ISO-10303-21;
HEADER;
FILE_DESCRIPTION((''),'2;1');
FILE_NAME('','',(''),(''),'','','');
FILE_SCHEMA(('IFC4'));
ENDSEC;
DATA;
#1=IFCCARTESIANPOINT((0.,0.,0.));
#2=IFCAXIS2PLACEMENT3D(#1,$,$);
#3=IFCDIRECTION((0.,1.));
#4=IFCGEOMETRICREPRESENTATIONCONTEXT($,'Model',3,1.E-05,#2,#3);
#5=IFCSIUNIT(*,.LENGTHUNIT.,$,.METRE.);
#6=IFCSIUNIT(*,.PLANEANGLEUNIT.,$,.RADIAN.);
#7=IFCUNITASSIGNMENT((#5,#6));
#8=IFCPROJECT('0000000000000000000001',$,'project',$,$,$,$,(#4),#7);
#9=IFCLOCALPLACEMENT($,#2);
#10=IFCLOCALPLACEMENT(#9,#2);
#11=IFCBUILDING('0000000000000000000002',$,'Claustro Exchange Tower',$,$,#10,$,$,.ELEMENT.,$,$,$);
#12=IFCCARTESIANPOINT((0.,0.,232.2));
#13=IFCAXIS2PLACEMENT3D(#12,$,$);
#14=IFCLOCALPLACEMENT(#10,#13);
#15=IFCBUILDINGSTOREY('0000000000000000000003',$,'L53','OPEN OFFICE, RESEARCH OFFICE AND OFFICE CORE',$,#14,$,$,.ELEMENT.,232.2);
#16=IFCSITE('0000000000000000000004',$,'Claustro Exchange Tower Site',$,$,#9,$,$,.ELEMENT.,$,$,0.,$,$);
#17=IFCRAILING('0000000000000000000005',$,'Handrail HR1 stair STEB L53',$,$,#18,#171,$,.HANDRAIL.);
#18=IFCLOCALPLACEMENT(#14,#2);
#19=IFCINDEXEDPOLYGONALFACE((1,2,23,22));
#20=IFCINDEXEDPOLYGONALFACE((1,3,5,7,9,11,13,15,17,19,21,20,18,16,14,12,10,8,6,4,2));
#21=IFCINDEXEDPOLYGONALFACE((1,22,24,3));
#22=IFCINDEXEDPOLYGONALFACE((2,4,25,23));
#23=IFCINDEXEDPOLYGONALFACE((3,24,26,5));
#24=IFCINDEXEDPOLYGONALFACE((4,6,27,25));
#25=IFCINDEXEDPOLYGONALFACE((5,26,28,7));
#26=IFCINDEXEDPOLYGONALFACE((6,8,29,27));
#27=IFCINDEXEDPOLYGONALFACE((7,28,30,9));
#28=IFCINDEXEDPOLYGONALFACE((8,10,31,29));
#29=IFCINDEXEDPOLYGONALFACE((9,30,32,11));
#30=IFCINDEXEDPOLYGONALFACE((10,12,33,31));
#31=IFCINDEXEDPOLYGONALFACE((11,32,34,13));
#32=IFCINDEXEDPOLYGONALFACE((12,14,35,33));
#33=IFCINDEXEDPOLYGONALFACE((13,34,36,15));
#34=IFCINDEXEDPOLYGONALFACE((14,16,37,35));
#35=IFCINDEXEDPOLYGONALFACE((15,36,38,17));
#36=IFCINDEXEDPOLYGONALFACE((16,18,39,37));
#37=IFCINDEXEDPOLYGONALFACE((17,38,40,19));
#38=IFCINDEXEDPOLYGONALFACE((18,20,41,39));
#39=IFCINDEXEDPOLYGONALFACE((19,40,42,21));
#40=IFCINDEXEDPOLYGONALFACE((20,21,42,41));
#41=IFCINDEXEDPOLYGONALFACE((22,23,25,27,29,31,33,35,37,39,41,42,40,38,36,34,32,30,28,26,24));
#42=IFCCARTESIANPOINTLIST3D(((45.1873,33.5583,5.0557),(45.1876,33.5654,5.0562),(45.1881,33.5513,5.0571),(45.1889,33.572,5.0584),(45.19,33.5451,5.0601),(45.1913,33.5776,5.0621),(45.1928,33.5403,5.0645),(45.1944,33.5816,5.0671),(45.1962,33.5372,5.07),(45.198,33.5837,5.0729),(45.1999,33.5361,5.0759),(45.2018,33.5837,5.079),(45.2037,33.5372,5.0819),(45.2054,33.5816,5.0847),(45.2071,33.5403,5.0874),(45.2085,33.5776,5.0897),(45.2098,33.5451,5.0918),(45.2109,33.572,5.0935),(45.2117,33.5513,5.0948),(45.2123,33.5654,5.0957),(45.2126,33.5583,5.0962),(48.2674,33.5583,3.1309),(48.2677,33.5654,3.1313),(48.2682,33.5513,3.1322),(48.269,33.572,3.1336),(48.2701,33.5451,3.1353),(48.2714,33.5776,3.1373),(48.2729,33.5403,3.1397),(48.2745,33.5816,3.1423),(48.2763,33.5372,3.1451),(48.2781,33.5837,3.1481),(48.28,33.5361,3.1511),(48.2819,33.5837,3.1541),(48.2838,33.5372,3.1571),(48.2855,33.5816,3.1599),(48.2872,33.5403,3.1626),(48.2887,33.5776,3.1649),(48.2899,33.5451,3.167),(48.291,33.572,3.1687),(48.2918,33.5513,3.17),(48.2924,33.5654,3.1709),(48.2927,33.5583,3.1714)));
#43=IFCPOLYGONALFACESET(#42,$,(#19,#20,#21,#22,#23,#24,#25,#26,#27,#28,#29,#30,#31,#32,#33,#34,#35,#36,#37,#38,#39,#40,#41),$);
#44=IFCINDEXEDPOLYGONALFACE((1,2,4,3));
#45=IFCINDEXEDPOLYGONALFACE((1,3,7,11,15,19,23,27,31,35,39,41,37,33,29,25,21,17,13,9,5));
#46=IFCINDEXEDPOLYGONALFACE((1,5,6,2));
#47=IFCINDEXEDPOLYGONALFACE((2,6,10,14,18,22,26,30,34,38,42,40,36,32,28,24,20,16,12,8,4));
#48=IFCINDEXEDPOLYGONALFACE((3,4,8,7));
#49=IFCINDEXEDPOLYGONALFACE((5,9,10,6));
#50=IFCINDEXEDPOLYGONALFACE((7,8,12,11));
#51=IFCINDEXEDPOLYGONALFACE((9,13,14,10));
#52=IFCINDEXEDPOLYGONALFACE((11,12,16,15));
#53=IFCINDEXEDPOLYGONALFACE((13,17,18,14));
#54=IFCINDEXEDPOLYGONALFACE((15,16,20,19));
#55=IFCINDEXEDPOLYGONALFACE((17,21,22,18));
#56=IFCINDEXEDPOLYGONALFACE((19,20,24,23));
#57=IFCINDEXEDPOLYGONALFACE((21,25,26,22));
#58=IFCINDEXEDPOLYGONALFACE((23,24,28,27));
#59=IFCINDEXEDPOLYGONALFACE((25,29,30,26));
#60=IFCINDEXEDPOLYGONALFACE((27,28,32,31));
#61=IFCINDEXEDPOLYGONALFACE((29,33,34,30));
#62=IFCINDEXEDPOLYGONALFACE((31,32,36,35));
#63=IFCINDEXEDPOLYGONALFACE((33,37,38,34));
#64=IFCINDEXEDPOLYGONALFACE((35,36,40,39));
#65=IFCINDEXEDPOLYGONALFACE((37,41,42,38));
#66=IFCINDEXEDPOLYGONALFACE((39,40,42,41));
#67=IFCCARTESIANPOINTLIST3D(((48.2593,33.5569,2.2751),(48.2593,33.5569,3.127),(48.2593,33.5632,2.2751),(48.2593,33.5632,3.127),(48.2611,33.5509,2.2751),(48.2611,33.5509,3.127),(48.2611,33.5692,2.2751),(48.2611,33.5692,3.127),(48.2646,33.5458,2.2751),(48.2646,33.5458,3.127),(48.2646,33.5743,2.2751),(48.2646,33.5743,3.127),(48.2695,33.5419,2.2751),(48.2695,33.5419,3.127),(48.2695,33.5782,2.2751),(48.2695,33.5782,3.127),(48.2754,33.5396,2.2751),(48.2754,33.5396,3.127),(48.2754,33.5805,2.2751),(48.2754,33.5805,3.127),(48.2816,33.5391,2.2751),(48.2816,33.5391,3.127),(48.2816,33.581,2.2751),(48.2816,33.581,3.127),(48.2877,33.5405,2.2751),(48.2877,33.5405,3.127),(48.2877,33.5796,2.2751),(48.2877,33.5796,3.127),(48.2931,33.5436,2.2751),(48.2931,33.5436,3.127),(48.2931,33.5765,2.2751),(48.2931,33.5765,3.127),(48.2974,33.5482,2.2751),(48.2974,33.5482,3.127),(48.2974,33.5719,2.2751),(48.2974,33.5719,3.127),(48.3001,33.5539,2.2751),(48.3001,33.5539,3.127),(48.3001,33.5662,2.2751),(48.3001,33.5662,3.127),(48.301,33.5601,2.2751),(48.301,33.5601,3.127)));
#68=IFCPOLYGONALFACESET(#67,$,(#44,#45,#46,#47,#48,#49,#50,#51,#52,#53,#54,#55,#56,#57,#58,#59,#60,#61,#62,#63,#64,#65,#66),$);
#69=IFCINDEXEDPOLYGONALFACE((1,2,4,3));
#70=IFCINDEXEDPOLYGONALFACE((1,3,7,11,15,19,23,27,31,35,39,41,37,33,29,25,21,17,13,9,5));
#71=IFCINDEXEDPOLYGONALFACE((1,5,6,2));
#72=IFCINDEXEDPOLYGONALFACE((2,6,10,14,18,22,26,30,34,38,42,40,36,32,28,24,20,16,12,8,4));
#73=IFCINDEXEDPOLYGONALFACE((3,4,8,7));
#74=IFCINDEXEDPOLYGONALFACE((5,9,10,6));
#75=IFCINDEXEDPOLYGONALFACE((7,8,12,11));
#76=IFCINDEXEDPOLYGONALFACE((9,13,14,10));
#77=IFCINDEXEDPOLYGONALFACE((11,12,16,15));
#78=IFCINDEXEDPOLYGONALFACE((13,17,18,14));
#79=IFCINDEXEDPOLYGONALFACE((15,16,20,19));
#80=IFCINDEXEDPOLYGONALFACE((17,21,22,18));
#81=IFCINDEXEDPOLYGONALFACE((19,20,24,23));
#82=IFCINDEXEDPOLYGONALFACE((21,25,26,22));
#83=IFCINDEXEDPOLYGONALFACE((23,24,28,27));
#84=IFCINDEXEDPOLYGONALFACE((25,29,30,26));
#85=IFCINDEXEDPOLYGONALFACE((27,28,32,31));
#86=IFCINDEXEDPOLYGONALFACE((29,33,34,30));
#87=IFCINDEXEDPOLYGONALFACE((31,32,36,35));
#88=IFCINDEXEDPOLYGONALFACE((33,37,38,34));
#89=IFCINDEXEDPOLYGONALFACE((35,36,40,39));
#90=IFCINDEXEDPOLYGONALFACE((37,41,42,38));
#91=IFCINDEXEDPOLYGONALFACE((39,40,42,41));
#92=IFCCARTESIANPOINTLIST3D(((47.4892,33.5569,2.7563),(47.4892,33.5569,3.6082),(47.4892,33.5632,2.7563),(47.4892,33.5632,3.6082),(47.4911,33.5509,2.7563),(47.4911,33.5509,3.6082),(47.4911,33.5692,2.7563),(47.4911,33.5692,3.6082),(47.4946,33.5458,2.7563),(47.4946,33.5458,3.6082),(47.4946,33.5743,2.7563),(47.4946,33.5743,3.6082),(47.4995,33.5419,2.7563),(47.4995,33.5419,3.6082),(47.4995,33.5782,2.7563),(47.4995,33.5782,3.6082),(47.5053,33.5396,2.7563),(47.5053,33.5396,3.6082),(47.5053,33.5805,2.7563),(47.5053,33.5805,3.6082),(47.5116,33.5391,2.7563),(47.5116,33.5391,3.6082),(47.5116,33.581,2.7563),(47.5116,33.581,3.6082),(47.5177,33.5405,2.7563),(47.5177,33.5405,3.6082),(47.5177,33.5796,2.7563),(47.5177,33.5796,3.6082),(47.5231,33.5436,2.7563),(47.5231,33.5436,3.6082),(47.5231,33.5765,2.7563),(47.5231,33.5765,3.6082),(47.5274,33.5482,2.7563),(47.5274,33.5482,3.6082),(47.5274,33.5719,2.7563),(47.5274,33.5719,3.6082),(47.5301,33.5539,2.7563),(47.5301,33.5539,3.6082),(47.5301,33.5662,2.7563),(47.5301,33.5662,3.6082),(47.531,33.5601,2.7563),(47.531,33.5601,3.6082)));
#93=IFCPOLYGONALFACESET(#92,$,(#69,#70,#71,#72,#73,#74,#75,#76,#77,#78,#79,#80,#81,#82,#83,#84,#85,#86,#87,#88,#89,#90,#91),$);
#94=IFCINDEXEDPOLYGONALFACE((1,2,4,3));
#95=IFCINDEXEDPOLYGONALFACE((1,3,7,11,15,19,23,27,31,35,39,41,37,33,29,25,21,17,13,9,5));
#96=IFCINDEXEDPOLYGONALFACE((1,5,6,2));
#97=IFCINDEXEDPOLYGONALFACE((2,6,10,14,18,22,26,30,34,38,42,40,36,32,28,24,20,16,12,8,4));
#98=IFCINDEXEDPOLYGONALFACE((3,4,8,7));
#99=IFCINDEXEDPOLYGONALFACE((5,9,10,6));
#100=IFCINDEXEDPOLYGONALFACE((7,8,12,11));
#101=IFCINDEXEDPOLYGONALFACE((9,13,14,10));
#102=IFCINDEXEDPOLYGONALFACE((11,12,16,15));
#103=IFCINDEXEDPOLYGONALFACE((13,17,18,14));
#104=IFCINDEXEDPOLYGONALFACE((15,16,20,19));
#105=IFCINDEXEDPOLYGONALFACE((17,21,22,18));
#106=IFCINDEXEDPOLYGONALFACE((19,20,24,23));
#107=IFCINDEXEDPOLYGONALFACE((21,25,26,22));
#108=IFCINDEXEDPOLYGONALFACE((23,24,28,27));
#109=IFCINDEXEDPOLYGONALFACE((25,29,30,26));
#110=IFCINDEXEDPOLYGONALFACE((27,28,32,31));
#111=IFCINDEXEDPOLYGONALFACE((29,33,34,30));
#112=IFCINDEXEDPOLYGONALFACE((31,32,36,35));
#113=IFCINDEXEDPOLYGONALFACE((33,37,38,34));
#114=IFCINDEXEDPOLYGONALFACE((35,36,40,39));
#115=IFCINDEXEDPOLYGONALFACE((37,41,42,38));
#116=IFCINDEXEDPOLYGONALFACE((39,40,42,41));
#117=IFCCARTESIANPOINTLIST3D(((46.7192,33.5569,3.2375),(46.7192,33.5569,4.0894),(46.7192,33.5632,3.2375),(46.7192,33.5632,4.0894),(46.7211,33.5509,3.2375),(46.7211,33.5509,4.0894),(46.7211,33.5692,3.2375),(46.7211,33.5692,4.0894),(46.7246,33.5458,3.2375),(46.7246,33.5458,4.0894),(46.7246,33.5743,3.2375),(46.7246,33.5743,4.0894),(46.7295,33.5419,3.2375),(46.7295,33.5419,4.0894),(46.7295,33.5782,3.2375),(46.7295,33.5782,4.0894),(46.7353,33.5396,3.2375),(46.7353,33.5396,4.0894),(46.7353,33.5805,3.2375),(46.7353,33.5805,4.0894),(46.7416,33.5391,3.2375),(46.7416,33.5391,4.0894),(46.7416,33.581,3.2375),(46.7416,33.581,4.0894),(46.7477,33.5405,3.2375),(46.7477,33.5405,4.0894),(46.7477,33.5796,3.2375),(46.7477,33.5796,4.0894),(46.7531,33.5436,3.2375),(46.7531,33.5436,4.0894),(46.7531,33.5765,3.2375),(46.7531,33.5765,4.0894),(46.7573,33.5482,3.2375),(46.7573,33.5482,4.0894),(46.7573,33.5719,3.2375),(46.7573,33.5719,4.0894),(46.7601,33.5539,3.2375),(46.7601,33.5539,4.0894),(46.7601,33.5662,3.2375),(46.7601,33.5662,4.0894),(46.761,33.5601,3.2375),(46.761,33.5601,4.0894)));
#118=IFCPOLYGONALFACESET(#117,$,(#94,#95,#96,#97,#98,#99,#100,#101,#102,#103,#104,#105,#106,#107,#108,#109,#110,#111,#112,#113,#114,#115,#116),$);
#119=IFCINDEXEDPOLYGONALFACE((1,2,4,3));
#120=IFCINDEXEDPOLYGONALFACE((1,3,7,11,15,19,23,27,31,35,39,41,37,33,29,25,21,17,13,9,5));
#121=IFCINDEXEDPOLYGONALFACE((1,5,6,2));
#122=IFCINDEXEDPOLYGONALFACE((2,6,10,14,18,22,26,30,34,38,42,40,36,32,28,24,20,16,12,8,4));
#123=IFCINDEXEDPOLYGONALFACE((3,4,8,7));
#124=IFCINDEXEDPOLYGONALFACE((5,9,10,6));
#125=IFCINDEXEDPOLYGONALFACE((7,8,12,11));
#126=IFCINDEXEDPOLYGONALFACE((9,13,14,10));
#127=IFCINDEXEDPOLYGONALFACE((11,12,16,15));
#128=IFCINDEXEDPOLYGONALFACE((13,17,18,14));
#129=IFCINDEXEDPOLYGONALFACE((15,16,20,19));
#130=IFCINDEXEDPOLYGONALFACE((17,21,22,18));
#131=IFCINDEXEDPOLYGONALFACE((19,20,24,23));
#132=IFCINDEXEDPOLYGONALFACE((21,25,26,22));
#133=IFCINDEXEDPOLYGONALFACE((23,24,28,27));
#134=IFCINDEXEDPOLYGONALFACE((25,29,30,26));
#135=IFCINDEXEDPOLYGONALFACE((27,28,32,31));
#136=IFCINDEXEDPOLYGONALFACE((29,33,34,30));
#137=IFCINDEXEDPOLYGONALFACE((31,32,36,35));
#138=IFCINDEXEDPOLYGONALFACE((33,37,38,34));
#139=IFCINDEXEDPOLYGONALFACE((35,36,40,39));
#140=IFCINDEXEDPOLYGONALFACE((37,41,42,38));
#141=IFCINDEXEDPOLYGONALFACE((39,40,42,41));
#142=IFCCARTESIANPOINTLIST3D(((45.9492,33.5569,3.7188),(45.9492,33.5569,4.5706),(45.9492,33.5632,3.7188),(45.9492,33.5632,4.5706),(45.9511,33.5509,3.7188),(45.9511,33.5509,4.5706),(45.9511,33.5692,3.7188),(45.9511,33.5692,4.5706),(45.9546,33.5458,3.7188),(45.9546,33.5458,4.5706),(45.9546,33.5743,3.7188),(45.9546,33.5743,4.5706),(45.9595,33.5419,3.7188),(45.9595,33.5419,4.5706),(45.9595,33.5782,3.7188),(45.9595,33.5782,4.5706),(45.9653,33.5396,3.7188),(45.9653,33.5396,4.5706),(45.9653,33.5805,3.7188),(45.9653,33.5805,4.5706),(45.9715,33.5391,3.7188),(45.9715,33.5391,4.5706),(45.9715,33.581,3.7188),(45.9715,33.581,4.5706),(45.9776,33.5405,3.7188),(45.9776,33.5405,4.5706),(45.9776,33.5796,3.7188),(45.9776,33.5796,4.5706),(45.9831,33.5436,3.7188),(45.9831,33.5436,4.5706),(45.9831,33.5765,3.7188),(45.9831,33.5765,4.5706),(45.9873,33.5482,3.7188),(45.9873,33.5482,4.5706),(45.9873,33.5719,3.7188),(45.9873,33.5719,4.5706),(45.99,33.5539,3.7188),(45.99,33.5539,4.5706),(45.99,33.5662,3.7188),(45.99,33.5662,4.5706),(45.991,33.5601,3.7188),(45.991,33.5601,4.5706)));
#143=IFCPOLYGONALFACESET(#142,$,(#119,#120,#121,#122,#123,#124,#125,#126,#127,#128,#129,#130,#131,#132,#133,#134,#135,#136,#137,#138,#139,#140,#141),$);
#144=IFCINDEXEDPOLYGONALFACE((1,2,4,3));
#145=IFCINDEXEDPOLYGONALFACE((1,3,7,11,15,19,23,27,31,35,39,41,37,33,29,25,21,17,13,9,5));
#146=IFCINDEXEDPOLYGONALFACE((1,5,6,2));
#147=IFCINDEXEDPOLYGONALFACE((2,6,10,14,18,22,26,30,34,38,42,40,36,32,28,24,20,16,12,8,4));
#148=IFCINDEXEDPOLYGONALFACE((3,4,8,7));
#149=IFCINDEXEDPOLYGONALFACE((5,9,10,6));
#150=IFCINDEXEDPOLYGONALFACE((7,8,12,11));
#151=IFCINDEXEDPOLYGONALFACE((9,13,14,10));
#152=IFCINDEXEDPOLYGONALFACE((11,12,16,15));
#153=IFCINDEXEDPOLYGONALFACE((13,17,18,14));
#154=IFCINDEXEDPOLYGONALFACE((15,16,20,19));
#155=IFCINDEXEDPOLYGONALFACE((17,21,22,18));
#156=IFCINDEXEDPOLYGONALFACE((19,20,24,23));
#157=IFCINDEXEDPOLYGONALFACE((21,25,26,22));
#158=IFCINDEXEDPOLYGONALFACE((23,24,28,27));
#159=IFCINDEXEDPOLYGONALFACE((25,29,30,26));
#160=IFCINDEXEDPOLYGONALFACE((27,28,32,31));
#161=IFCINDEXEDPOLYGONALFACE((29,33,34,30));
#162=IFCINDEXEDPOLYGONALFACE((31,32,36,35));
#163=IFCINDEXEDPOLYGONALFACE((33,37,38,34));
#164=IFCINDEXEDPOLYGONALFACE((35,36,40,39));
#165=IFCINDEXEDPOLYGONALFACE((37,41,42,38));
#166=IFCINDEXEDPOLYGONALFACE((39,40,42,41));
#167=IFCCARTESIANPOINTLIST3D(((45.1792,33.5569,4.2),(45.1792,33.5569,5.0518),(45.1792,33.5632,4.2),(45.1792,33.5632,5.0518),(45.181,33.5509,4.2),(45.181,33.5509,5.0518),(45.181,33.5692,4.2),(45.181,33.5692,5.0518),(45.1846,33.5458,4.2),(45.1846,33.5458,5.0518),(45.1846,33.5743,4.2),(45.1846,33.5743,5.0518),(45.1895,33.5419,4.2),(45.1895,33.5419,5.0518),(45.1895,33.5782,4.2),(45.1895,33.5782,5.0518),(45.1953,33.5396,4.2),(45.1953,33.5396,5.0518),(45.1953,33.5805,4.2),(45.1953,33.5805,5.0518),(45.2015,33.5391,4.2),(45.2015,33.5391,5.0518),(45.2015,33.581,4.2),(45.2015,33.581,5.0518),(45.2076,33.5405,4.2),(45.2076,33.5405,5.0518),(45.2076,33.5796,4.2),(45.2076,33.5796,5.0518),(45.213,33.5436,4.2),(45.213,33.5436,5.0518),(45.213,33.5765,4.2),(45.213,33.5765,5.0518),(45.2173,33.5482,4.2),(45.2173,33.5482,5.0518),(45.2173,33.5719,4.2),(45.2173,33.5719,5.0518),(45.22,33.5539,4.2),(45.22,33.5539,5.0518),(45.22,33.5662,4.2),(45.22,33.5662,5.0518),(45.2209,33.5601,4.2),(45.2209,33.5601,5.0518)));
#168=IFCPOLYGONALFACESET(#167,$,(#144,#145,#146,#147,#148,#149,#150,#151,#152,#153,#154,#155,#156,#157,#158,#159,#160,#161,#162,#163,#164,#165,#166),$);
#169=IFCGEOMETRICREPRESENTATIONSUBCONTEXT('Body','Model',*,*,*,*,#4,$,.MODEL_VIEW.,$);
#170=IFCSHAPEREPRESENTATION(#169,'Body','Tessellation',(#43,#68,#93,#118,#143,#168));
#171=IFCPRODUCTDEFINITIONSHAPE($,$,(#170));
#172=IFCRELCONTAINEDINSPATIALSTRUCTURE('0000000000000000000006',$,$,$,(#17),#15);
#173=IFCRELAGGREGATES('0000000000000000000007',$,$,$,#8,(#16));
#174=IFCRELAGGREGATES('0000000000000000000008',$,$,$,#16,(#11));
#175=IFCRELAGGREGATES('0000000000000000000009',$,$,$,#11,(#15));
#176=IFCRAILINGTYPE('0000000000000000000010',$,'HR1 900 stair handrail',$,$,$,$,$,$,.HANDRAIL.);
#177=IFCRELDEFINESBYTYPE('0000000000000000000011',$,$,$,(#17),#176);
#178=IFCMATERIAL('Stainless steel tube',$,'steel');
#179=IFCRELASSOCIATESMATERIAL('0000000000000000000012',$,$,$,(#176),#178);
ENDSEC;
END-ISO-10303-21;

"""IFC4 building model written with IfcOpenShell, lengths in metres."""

from ifc_helpers import new_model, si_unit, direction, frame, origin, origin_2d, place, context, subcontext, project, spatial, circle, extrude, material, type_object, element, save


model = new_model("IFC4")

# Units and contexts
model_context = context("Model", 3, precision=1e-05, world=origin(), true_north=direction((0.0, 1.0)))
body_context = subcontext(model_context, "Body", "Model", "MODEL_VIEW")
ifc_project = project(units=[si_unit("LENGTHUNIT", "METRE"), si_unit("PLANEANGLEUNIT", "RADIAN")], contexts=[model_context])

# Site, building, storey
site_placement = place(None, origin())
site = spatial("IfcSite", under=ifc_project, at=site_placement, Name="Claustro Exchange Tower Site", CompositionType="ELEMENT", RefElevation=0.0)
building_placement = place(site_placement, origin())
building = spatial("IfcBuilding", under=site, at=building_placement, Name="Claustro Exchange Tower", CompositionType="ELEMENT")
storey_placement = place(building_placement, frame((0.0, 0.0, 232.2)))
storey = spatial("IfcBuildingStorey", under=building, at=storey_placement, Name="L53", Description="OPEN OFFICE, RESEARCH OFFICE AND OFFICE CORE", CompositionType="ELEMENT", Elevation=232.2)

# Railing
ifc_material_1 = material(Name="Stainless steel tube", Category="steel")
railing_type_1 = type_object("IfcRailingType", Name="HR1 900 stair handrail", PredefinedType="HANDRAIL", material=ifc_material_1)
railing_1_placement = place(storey_placement, frame((48.28, 33.5601, 2.2751)))
element("IfcRailing", 1, at=railing_1_placement, inside=storey, type_object=railing_type_1, Name="Handrail HR1 stair STEB L53", PredefinedType="HANDRAIL", context=body_context, shape_type="SweptSolid", body=[
    extrude(circle(Radius=0.0239, at=origin_2d()), frame((0.0, 0.0, 0.876), z_axis=(-0.848029, 0.0, 0.529951), x_axis=(0.0, -1.0, 0.0)), (0.0, 0.0, 1.0), 3.6321),
    extrude(circle(Radius=0.021, at=origin_2d()), origin(), (0.0, 0.0, 1.0), 0.8518),
    extrude(circle(Radius=0.021, at=origin_2d()), frame((-0.77, 0.0, 0.4812)), (0.0, 0.0, 1.0), 0.8518),
    extrude(circle(Radius=0.021, at=origin_2d()), frame((-1.54, 0.0, 0.9624)), (0.0, 0.0, 1.0), 0.8518),
    extrude(circle(Radius=0.021, at=origin_2d()), frame((-2.3101, 0.0, 1.4436)), (0.0, 0.0, 1.0), 0.8518),
    extrude(circle(Radius=0.021, at=origin_2d()), frame((-3.0801, 0.0, 1.9248)), (0.0, 0.0, 1.0), 0.8518),
])

save(model, "model.ifc")
